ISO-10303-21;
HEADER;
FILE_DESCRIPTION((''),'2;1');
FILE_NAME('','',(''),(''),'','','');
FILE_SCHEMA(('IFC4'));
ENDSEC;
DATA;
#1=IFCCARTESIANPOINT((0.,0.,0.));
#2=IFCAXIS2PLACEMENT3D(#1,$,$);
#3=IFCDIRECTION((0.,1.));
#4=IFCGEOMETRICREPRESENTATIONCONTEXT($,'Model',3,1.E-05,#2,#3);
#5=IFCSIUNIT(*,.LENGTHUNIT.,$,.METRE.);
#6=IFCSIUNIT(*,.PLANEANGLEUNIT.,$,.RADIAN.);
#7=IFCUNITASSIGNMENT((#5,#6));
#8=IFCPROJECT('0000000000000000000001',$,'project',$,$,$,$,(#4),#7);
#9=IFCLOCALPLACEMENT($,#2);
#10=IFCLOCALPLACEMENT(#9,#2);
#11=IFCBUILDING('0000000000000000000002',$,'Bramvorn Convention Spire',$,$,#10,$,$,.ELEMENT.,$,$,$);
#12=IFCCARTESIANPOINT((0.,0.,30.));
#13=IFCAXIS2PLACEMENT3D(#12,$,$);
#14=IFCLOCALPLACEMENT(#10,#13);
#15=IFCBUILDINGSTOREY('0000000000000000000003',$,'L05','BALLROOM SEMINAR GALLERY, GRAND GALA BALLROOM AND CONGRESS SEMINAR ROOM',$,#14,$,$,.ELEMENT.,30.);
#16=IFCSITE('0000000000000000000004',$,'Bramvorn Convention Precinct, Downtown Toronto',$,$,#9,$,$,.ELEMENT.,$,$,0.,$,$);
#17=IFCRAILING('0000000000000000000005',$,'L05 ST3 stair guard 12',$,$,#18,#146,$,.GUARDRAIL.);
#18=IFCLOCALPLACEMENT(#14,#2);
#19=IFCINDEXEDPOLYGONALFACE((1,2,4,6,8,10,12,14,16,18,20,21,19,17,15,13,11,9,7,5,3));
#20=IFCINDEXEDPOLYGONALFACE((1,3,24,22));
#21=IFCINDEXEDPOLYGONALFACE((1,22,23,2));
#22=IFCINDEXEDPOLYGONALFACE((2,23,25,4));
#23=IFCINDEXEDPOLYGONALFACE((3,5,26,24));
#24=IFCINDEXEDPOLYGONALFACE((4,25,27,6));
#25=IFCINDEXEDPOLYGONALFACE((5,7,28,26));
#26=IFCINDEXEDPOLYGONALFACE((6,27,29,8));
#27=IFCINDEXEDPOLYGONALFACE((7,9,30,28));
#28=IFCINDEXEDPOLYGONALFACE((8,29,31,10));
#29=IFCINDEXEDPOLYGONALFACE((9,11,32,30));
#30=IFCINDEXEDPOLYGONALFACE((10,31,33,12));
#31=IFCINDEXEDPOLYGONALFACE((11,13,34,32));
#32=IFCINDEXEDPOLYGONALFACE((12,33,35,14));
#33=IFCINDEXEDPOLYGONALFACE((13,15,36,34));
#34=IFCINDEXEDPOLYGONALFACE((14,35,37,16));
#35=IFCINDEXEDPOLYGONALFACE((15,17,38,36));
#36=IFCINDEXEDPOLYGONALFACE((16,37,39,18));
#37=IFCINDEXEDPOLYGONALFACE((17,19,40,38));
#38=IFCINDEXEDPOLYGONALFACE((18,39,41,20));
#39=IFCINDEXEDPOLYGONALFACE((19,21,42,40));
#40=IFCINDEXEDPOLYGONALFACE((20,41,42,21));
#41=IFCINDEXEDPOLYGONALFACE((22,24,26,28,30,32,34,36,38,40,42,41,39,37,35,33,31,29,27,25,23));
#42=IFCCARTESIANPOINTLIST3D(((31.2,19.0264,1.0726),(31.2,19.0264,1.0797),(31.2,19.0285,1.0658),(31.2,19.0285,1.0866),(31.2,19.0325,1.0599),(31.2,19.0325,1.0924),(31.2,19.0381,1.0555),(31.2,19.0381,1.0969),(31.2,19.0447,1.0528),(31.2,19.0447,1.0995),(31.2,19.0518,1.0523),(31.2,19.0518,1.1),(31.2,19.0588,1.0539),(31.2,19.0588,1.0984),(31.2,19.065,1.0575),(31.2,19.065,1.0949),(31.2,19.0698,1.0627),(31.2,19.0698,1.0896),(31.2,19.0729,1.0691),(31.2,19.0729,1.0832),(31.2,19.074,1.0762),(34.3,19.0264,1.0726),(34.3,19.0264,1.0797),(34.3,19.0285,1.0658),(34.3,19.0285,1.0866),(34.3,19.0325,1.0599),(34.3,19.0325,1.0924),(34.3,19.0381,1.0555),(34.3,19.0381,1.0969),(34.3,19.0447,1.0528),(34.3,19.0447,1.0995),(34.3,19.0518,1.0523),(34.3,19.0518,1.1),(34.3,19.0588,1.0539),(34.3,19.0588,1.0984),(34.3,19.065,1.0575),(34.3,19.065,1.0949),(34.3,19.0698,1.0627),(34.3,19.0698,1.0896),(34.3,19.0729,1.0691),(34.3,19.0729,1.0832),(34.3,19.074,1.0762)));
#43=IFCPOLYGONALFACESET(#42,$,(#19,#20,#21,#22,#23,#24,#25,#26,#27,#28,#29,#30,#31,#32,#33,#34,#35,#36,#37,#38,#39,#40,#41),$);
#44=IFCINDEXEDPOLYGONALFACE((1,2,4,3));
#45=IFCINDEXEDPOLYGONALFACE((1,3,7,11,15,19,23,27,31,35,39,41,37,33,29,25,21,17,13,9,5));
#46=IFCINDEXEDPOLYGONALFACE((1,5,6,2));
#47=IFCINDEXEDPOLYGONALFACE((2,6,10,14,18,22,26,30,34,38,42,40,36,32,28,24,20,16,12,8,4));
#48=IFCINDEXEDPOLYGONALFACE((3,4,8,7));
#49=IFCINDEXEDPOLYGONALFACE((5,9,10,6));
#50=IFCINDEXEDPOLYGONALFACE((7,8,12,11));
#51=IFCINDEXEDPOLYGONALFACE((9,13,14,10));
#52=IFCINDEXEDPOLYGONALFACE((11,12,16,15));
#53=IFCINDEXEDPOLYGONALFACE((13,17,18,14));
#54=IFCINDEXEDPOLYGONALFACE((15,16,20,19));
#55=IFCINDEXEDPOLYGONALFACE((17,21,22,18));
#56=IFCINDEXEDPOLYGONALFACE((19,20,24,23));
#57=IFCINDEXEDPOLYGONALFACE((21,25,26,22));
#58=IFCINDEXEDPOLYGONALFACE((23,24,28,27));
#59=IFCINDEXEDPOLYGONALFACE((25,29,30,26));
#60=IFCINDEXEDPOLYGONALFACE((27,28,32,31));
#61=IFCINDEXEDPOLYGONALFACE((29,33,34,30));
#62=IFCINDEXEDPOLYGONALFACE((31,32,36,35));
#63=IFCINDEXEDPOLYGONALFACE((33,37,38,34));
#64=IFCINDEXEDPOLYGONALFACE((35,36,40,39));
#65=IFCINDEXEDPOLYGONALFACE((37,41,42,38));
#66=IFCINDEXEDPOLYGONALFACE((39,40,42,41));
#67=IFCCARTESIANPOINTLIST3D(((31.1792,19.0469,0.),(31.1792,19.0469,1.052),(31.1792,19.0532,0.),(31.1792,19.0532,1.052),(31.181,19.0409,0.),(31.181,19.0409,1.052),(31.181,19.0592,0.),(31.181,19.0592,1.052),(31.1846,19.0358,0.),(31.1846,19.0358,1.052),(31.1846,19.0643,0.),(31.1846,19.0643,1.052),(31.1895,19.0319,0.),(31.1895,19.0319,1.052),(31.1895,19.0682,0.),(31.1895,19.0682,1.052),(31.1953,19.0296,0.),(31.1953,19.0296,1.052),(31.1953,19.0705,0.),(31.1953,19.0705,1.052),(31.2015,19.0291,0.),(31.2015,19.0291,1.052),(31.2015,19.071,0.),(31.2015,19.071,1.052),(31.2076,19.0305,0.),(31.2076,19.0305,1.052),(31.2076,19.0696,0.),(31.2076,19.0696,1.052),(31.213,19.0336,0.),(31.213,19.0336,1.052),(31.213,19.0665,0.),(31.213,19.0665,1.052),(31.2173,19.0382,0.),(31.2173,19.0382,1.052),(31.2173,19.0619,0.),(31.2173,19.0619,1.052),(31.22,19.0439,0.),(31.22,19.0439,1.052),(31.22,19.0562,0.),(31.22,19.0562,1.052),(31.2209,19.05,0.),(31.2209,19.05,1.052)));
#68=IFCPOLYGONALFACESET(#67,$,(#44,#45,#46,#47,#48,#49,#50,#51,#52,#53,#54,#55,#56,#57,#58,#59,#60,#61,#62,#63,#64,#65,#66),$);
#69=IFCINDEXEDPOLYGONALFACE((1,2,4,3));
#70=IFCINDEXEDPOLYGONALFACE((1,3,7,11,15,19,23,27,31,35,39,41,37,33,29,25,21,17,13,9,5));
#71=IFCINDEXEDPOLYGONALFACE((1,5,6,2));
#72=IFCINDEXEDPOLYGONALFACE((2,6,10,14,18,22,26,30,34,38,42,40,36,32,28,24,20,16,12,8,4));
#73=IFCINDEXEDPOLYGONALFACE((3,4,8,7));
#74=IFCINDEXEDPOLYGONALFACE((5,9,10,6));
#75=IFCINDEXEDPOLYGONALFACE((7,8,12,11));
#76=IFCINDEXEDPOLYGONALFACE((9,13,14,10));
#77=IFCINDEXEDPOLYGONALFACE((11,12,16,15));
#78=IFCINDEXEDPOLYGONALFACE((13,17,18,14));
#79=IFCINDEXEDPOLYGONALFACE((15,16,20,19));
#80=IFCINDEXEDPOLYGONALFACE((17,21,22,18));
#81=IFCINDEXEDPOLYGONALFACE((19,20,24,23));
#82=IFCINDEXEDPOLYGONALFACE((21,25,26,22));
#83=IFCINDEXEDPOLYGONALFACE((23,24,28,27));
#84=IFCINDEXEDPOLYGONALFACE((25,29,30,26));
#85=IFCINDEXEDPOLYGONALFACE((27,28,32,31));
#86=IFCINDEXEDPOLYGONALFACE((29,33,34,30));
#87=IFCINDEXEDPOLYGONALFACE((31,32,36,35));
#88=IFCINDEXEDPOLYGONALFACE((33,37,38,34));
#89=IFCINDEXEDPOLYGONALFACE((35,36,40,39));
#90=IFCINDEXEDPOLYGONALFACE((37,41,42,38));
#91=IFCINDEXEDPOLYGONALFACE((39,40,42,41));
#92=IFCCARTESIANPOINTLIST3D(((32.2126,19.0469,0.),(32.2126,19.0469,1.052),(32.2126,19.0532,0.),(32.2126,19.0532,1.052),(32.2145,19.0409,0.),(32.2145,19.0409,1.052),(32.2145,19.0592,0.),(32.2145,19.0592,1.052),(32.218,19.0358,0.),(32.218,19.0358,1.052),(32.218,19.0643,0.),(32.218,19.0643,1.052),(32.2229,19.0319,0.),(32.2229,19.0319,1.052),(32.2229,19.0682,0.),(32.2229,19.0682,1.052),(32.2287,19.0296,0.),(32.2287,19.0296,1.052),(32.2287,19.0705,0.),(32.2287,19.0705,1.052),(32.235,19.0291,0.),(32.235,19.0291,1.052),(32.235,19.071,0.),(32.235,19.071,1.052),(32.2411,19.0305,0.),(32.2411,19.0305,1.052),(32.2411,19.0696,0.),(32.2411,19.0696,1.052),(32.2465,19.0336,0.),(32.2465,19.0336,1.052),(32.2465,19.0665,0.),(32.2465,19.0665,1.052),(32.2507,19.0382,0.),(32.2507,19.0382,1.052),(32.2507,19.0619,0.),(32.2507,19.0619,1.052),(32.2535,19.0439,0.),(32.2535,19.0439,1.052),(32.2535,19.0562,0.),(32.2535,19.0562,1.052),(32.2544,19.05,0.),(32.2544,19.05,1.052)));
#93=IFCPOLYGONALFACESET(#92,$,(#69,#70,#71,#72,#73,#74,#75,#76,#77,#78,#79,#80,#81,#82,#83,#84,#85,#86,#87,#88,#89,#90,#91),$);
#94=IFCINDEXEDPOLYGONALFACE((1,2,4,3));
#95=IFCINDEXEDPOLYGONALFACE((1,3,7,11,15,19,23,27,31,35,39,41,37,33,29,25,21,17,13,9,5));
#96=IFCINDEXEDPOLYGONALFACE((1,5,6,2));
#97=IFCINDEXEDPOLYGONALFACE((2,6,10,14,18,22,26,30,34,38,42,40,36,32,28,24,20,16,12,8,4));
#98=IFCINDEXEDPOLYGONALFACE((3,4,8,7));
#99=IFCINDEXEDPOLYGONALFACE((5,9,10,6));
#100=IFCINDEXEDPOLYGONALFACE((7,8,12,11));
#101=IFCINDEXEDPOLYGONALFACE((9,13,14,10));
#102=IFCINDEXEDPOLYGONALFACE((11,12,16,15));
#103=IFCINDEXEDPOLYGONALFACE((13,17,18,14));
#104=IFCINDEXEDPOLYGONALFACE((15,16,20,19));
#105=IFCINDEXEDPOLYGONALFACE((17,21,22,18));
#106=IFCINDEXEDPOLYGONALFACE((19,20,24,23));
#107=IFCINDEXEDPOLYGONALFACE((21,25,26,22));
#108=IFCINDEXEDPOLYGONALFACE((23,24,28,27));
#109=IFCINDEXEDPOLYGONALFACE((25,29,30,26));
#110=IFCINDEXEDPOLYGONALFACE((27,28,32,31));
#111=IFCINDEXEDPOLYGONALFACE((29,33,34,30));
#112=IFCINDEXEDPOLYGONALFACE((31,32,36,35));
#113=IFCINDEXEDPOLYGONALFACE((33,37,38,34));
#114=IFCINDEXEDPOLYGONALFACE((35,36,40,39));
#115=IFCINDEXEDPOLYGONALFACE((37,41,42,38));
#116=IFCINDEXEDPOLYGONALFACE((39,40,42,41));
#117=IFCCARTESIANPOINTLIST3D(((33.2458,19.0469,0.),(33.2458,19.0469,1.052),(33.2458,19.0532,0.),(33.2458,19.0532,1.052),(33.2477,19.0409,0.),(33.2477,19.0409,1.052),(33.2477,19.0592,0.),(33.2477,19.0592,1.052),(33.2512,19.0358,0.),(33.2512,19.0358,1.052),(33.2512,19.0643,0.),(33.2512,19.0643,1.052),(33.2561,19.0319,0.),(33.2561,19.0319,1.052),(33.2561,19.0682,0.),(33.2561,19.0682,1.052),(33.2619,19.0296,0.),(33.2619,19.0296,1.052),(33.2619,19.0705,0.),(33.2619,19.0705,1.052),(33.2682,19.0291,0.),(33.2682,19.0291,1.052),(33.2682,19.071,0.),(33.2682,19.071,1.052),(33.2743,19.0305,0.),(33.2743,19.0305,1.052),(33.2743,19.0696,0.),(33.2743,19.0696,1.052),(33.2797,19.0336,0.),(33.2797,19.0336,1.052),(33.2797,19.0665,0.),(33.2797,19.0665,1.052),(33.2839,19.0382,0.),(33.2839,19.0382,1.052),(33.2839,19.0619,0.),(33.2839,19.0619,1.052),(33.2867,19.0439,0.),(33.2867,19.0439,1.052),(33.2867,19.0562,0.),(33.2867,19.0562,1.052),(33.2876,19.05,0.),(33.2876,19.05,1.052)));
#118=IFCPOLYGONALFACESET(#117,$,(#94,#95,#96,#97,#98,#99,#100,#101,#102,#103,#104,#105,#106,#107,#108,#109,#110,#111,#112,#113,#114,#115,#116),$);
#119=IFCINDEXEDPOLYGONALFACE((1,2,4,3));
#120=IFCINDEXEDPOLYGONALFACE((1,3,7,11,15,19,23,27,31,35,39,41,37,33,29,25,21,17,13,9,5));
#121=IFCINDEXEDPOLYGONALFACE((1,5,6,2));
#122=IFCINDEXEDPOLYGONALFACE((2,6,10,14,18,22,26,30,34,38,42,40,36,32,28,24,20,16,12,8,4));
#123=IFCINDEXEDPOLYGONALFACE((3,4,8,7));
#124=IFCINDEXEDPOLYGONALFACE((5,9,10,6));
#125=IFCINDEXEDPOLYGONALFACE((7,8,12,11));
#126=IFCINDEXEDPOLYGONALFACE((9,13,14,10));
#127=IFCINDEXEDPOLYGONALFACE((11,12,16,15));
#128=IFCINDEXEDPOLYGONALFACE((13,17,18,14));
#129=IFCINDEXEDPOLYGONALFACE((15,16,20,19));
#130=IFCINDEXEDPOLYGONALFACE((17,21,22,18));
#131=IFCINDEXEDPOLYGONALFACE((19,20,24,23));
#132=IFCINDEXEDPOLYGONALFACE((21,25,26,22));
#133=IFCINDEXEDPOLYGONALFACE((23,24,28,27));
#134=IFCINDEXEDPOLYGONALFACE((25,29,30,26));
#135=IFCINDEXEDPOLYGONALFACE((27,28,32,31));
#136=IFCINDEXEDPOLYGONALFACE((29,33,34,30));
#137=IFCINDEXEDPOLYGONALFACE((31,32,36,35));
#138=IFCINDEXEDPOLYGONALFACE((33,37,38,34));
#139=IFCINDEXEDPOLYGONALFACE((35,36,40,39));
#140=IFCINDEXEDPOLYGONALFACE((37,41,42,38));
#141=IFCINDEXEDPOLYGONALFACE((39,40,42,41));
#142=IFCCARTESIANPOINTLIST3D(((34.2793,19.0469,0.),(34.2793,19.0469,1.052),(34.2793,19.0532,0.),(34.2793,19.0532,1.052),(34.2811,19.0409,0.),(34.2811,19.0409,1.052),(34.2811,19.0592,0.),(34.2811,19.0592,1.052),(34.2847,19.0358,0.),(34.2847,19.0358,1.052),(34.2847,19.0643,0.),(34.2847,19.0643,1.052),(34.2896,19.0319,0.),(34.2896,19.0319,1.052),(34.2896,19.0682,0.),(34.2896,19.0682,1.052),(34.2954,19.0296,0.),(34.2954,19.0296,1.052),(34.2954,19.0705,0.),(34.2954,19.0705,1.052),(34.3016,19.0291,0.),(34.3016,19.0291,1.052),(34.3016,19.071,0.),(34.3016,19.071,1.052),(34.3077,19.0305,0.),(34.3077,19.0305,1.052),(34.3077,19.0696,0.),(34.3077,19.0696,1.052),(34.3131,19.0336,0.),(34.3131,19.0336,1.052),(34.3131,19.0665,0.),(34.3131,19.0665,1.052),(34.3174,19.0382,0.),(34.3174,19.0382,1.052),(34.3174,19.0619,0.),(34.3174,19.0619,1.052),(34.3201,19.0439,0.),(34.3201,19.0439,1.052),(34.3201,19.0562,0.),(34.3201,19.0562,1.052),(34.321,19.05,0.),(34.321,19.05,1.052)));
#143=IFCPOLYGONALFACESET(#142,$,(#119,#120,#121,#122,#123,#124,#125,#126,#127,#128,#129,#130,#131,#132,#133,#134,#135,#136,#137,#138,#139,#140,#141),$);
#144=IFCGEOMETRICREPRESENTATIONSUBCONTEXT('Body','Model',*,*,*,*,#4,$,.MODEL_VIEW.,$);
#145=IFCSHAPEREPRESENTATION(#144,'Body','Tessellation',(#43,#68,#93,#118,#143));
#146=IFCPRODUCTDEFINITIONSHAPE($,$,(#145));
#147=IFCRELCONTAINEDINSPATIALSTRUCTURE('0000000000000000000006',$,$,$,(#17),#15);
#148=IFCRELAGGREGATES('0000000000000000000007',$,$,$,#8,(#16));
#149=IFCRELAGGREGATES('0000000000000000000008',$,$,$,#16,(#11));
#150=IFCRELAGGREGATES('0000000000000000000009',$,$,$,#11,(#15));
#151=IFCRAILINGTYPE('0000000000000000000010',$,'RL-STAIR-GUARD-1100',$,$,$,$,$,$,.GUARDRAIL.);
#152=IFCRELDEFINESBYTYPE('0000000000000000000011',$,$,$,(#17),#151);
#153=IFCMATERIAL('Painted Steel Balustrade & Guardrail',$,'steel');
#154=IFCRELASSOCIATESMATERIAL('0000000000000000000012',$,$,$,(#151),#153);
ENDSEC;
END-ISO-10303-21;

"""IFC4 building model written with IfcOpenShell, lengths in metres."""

from ifc_helpers import new_model, si_unit, direction, frame, origin, origin_2d, place, context, subcontext, project, spatial, circle, extrude, material, type_object, element, save


model = new_model("IFC4")

# Units and contexts
model_context = context("Model", 3, precision=1e-05, world=origin(), true_north=direction((0.0, 1.0)))
body_context = subcontext(model_context, "Body", "Model", "MODEL_VIEW")
ifc_project = project(units=[si_unit("LENGTHUNIT", "METRE"), si_unit("PLANEANGLEUNIT", "RADIAN")], contexts=[model_context])

# Site, building, storey
site_placement = place(None, origin())
site = spatial("IfcSite", under=ifc_project, at=site_placement, Name="Bramvorn Convention Precinct, Downtown Toronto", CompositionType="ELEMENT", RefElevation=0.0)
building_placement = place(site_placement, origin())
building = spatial("IfcBuilding", under=site, at=building_placement, Name="Bramvorn Convention Spire", CompositionType="ELEMENT")
storey_placement = place(building_placement, frame((0.0, 0.0, 30.0)))
storey = spatial("IfcBuildingStorey", under=building, at=storey_placement, Name="L05", Description="BALLROOM SEMINAR GALLERY, GRAND GALA BALLROOM AND CONGRESS SEMINAR ROOM", CompositionType="ELEMENT", Elevation=30.0)

# Railing
ifc_material_1 = material(Name="Painted Steel Balustrade & Guardrail", Category="steel")
railing_type_1 = type_object("IfcRailingType", Name="RL-STAIR-GUARD-1100", PredefinedType="GUARDRAIL", material=ifc_material_1)
railing_1_placement = place(storey_placement, frame((31.2, 19.05, 0.0)))
element("IfcRailing", 1, at=railing_1_placement, inside=storey, type_object=railing_type_1, Name="L05 ST3 stair guard 12", PredefinedType="GUARDRAIL", context=body_context, shape_type="SweptSolid", body=[
    extrude(circle(Radius=0.0239, at=origin_2d()), frame((0.0, 0.0, 1.0762), z_axis=(1.0, 0.0, 0.0), x_axis=(0.0, 1.0, 0.0)), (0.0, 0.0, 1.0), 3.1001),
    extrude(circle(Radius=0.021, at=origin_2d()), origin(), (0.0, 0.0, 1.0), 1.052),
    extrude(circle(Radius=0.021, at=origin_2d()), frame((1.0334, 0.0, 0.0)), (0.0, 0.0, 1.0), 1.052),
    extrude(circle(Radius=0.021, at=origin_2d()), frame((2.0667, 0.0, 0.0)), (0.0, 0.0, 1.0), 1.052),
    extrude(circle(Radius=0.021, at=origin_2d()), frame((3.1001, 0.0, 0.0)), (0.0, 0.0, 1.0), 1.052),
])

save(model, "model.ifc")
